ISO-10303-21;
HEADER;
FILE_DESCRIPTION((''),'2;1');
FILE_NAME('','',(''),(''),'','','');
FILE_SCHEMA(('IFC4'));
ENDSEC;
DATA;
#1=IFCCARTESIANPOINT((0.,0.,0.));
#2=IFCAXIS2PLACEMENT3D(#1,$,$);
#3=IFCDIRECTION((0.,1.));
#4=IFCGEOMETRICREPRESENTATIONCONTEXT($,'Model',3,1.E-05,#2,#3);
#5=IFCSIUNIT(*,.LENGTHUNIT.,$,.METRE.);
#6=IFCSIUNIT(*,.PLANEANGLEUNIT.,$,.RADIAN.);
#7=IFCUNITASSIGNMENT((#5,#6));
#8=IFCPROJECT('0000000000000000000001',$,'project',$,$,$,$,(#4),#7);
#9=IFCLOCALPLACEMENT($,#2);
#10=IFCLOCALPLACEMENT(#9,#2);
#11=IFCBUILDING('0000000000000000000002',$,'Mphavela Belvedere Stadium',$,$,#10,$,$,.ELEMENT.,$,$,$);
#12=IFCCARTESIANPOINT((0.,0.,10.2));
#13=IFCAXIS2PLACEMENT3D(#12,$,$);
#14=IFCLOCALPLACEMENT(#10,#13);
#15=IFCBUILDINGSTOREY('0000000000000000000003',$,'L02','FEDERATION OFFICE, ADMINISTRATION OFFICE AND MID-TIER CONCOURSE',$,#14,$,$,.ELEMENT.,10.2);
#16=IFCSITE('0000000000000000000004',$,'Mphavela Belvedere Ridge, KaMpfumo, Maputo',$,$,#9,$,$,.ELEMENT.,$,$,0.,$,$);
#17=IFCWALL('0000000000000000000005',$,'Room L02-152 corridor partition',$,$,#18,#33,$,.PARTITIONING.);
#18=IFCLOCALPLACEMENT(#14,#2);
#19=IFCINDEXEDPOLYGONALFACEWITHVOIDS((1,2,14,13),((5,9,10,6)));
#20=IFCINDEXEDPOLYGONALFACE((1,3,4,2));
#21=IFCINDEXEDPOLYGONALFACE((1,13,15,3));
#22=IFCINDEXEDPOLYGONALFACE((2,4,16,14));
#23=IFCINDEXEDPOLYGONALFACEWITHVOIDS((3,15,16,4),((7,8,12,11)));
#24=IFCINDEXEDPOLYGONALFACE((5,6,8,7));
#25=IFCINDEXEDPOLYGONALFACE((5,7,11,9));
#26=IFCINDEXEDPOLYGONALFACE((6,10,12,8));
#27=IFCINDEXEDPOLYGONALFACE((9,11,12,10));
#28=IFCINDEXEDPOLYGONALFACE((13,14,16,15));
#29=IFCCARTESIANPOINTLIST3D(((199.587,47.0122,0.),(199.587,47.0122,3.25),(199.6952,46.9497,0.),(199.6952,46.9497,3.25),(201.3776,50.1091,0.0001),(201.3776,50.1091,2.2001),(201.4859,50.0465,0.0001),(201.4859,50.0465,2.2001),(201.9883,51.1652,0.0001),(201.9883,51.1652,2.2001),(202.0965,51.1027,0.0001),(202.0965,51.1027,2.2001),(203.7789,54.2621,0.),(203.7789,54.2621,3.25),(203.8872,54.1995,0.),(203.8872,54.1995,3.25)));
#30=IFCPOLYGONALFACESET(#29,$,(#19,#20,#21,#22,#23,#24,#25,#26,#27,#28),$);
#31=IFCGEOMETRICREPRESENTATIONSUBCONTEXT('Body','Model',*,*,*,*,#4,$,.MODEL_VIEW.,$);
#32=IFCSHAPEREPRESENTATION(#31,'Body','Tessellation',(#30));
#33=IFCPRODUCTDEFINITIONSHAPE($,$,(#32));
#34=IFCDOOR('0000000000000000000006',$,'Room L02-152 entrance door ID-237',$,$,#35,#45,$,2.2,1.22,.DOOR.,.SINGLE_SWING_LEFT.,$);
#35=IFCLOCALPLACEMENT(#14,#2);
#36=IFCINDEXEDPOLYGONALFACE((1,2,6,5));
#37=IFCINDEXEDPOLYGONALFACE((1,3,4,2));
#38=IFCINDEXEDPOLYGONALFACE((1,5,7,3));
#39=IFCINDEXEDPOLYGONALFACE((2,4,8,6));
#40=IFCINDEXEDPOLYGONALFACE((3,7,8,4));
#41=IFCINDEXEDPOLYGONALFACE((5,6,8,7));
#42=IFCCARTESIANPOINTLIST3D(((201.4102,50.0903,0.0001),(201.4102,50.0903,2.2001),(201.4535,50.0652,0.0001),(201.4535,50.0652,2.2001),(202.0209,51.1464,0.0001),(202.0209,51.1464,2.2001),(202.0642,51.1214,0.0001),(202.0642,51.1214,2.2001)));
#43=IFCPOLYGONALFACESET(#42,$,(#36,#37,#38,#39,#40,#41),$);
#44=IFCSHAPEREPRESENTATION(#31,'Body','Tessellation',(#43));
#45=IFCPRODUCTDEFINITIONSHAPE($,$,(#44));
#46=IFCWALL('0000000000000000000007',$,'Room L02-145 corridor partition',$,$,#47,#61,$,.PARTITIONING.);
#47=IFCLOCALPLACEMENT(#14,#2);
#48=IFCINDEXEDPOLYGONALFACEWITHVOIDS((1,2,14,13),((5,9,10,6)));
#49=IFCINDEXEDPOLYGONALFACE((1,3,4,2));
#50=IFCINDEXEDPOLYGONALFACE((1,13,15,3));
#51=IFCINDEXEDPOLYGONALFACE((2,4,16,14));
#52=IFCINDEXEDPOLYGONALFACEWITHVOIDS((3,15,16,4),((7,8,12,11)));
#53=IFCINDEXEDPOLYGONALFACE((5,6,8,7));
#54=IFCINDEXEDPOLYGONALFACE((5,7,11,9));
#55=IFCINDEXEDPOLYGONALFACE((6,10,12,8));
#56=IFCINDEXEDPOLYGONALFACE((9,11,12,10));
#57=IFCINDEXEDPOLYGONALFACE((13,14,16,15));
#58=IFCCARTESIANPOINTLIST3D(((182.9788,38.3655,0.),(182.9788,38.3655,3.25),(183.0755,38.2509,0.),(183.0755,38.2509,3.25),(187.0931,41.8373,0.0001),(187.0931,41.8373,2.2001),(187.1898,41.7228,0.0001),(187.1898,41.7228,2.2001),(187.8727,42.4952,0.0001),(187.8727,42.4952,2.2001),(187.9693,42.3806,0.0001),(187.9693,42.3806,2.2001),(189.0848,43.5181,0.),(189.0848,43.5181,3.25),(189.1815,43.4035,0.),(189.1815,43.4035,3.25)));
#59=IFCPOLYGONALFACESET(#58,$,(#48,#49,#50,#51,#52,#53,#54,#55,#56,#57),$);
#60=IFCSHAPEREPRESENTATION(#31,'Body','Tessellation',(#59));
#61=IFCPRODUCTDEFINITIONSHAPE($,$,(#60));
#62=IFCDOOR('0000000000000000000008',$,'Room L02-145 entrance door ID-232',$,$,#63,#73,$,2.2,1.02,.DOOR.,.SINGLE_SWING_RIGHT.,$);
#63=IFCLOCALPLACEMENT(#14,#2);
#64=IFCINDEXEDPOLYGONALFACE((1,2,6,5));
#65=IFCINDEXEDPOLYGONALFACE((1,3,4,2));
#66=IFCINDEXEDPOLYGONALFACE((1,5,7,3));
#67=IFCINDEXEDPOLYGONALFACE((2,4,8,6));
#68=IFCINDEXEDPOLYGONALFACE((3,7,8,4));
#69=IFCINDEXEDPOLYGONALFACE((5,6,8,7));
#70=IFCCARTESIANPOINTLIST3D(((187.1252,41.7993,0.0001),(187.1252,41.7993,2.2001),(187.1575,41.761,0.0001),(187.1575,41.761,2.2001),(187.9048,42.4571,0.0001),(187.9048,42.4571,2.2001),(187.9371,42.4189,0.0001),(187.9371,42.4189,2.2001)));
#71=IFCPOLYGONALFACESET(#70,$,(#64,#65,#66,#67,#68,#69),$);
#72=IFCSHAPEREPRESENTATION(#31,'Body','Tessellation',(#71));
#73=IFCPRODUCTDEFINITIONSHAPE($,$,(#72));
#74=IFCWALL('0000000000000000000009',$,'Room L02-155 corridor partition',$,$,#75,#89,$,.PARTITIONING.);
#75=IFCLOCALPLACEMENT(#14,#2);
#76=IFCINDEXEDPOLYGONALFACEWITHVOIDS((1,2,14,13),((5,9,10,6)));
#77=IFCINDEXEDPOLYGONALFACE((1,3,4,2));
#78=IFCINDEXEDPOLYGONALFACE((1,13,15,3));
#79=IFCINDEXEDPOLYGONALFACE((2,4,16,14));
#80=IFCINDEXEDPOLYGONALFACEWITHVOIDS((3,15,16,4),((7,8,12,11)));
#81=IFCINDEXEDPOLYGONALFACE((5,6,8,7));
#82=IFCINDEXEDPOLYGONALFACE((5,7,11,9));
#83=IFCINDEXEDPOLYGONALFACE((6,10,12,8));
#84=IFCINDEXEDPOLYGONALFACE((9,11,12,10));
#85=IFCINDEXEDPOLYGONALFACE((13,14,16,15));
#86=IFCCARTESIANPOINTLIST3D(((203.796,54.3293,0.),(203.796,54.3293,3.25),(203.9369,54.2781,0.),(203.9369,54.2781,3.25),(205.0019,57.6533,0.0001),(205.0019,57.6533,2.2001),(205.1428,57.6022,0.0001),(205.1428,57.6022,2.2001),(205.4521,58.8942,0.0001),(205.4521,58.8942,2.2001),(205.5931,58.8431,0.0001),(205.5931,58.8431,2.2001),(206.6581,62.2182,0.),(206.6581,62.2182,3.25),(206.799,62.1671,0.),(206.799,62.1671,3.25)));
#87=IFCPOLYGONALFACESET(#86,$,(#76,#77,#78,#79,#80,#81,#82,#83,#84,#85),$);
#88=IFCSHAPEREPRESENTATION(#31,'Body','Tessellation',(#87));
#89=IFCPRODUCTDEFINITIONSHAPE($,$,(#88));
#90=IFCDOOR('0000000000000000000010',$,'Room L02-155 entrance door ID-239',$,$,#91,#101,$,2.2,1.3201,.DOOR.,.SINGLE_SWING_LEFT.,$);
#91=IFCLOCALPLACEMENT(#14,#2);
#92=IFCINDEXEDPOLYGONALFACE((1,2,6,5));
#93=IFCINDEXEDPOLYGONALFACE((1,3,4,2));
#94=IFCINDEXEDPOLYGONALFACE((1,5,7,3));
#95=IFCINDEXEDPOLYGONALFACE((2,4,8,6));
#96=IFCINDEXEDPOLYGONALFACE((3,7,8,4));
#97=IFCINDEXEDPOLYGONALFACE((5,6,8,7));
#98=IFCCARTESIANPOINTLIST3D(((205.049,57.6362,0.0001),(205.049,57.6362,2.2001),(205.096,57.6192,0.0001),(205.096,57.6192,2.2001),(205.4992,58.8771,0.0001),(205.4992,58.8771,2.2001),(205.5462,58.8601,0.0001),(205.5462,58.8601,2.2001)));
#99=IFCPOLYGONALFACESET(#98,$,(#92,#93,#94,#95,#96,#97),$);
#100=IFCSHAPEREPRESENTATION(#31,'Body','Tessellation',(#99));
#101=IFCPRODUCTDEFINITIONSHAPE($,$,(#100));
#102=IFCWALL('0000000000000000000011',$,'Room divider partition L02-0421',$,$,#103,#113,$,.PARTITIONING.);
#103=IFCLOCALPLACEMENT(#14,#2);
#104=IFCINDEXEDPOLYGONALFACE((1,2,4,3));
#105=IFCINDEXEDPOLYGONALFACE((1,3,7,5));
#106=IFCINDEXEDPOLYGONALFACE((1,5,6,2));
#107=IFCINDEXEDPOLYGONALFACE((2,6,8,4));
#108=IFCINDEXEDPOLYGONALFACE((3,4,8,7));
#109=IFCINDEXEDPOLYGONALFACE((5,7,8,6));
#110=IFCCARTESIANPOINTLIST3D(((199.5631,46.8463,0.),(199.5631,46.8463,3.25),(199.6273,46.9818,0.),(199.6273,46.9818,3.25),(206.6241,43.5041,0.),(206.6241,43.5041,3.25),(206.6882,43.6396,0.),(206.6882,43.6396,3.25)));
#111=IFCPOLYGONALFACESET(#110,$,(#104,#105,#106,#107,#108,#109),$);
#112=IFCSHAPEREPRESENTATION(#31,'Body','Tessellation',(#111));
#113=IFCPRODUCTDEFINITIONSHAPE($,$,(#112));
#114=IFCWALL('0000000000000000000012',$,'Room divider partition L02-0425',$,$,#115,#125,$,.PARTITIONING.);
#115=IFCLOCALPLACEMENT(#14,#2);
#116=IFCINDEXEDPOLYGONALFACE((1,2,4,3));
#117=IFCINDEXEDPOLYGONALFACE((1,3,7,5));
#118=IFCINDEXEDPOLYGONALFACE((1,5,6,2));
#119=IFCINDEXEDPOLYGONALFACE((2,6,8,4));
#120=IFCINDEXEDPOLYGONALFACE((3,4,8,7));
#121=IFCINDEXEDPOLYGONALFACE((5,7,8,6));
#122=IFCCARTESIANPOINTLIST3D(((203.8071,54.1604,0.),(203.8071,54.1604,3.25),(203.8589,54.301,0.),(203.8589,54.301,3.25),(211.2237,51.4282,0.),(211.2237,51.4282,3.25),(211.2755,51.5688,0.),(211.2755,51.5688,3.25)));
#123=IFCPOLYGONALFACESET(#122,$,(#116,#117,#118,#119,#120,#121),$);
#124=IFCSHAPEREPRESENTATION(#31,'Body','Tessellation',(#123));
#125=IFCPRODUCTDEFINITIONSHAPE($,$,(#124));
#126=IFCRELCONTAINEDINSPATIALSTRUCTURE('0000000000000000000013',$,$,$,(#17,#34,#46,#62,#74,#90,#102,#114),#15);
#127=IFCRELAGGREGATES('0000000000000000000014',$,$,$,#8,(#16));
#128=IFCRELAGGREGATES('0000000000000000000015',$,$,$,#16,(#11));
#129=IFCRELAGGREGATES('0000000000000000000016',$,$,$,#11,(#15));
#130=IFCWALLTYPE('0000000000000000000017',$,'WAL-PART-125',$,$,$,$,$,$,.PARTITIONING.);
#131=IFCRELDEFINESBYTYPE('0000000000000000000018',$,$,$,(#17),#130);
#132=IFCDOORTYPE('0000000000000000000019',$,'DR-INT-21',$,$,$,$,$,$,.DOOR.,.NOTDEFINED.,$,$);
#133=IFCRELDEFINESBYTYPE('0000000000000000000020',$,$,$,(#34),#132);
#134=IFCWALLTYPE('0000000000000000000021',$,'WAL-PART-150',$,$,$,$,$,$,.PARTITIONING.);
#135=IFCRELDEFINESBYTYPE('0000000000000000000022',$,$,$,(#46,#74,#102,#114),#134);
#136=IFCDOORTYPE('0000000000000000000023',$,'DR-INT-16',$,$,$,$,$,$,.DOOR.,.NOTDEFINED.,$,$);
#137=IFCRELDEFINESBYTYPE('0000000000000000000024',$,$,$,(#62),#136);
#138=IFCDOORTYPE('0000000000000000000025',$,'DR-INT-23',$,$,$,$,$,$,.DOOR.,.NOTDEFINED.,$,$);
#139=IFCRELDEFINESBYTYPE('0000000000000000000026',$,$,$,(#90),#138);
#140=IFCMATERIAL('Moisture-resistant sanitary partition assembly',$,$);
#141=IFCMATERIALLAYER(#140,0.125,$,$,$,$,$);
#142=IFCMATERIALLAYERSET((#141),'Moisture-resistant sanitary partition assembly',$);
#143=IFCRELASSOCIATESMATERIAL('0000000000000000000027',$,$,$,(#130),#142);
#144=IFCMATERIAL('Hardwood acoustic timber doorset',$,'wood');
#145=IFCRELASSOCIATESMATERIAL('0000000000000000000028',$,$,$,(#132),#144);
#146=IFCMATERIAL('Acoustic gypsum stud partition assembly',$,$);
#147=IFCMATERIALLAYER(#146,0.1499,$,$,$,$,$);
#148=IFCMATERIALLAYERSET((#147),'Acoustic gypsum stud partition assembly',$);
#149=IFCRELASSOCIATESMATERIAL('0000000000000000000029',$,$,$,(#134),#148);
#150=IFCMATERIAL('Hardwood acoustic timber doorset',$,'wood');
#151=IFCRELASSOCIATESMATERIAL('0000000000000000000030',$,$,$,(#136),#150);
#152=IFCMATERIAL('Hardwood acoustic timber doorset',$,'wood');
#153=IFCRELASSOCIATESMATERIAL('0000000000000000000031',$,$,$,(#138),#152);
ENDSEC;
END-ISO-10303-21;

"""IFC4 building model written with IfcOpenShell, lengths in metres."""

from ifc_helpers import new_model, si_unit, direction, frame, frame_2d, origin, place, context, subcontext, project, spatial, rectangle, extrude, material, layer, layer_set, type_object, element, fill, save


model = new_model("IFC4")

# Units and contexts
model_context = context("Model", 3, precision=1e-05, world=origin(), true_north=direction((0.0, 1.0)))
body_context = subcontext(model_context, "Body", "Model", "MODEL_VIEW")
ifc_project = project(units=[si_unit("LENGTHUNIT", "METRE"), si_unit("PLANEANGLEUNIT", "RADIAN")], contexts=[model_context])

# Site, building, storey
site_placement = place(None, origin())
site = spatial("IfcSite", under=ifc_project, at=site_placement, Name="Mphavela Belvedere Ridge, KaMpfumo, Maputo", CompositionType="ELEMENT", RefElevation=0.0)
building_placement = place(site_placement, origin())
building = spatial("IfcBuilding", under=site, at=building_placement, Name="Mphavela Belvedere Stadium", CompositionType="ELEMENT")
storey_placement = place(building_placement, frame((0.0, 0.0, 10.2)))
storey = spatial("IfcBuildingStorey", under=building, at=storey_placement, Name="L02", Description="FEDERATION OFFICE, ADMINISTRATION OFFICE AND MID-TIER CONCOURSE", CompositionType="ELEMENT", Elevation=10.2)

# Walls, openings, doors
ifc_material_1 = material(Name="Moisture-resistant sanitary partition assembly")
ifc_layer_1 = layer(ifc_material_1, 0.125)
ifc_layer_set_1 = layer_set([ifc_layer_1], Name="Moisture-resistant sanitary partition assembly")
wall_type_1 = type_object("IfcWallType", Name="WAL-PART-125", PredefinedType="PARTITIONING", material=ifc_layer_set_1)
wall_1_placement = place(storey_placement, frame((199.6411, 46.981, 0.0), z_axis=(0.0, 0.0, 1.0), x_axis=(0.500559, 0.865702, 0.0)))
wall_1 = element("IfcWall", 1, at=wall_1_placement, inside=storey, type_object=wall_type_1, Name="Room L02-152 corridor partition", PredefinedType="PARTITIONING", context=body_context, shape_type="SweptSolid", body=[
    extrude(rectangle(XDim=8.3745, YDim=0.125, at=frame_2d((4.1873, 0.0))), origin(), (0.0, 0.0, 1.0), 3.25),
])
opening_1_placement = place(wall_1_placement, frame((3.5774, 0.0, 0.0)))
opening_1 = element("IfcOpeningElement", 2, at=opening_1_placement, cuts=wall_1, PredefinedType="OPENING", context=body_context, shape_type="SweptSolid", body=[
    extrude(rectangle(XDim=1.22, YDim=2.2, at=frame_2d((0.6099, 1.1001))), frame((0.0, 0.0725, 0.0), z_axis=(0.0, -1.0, 0.0), x_axis=(1.0, 0.0, 0.0)), (0.0, 0.0, 1.0), 0.145),
])
ifc_material_2 = material(Name="Hardwood acoustic timber doorset", Category="wood")
door_type_1 = type_object("IfcDoorType", Name="DR-INT-21", OperationType="NOTDEFINED", PredefinedType="DOOR", material=ifc_material_2)
door_1_placement = place(opening_1_placement, origin())
door_1 = element("IfcDoor", 3, at=door_1_placement, inside=storey, type_object=door_type_1, Name="Room L02-152 entrance door ID-237", OperationType="SINGLE_SWING_LEFT", OverallHeight=2.2, OverallWidth=1.22, PredefinedType="DOOR", context=body_context, shape_type="SweptSolid", body=[
    extrude(rectangle(XDim=1.22, YDim=2.2, at=frame_2d((0.6099, 1.1001))), frame((0.0, 0.0249, 0.0), z_axis=(0.0, -1.0, 0.0), x_axis=(1.0, 0.0, 0.0)), (0.0, 0.0, 1.0), 0.05),
])
fill(opening_1, door_1)
ifc_material_3 = material(Name="Acoustic gypsum stud partition assembly")
ifc_layer_2 = layer(ifc_material_3, 0.1499)
ifc_layer_set_2 = layer_set([ifc_layer_2], Name="Acoustic gypsum stud partition assembly")
wall_type_2 = type_object("IfcWallType", Name="WAL-PART-150", PredefinedType="PARTITIONING", material=ifc_layer_set_2)
wall_2_placement = place(storey_placement, frame((189.1331, 43.4607, 0.0), z_axis=(0.0, 0.0, 1.0), x_axis=(-0.764249, -0.644921, 0.0)))
wall_2 = element("IfcWall", 4, at=wall_2_placement, inside=storey, type_object=wall_type_2, Name="Room L02-145 corridor partition", PredefinedType="PARTITIONING", context=body_context, shape_type="SweptSolid", body=[
    extrude(rectangle(XDim=7.9895, YDim=0.1499, at=frame_2d((3.9946, 0.0))), origin(), (0.0, 0.0, 1.0), 3.25),
])
opening_2_placement = place(wall_2_placement, frame((1.5859, 0.0, 0.0)))
opening_2 = element("IfcOpeningElement", 5, at=opening_2_placement, cuts=wall_2, PredefinedType="OPENING", context=body_context, shape_type="SweptSolid", body=[
    extrude(rectangle(XDim=1.02, YDim=2.2, at=frame_2d((0.51, 1.1001))), frame((0.0, 0.085, 0.0), z_axis=(0.0, -1.0, 0.0), x_axis=(1.0, 0.0, 0.0)), (0.0, 0.0, 1.0), 0.1699),
])
ifc_material_4 = material(Name="Hardwood acoustic timber doorset", Category="wood")
door_type_2 = type_object("IfcDoorType", Name="DR-INT-16", OperationType="NOTDEFINED", PredefinedType="DOOR", material=ifc_material_4)
door_2_placement = place(opening_2_placement, origin())
door_2 = element("IfcDoor", 6, at=door_2_placement, inside=storey, type_object=door_type_2, Name="Room L02-145 entrance door ID-232", OperationType="SINGLE_SWING_RIGHT", OverallHeight=2.2, OverallWidth=1.02, PredefinedType="DOOR", context=body_context, shape_type="SweptSolid", body=[
    extrude(rectangle(XDim=1.02, YDim=2.2, at=frame_2d((0.51, 1.1001))), frame((0.0, 0.0249, 0.0), z_axis=(0.0, -1.0, 0.0), x_axis=(1.0, 0.0, 0.0)), (0.0, 0.0, 1.0), 0.05),
])
fill(opening_2, door_2)
wall_3_placement = place(storey_placement, frame((203.8665, 54.3037, 0.0), z_axis=(0.0, 0.0, 1.0), x_axis=(0.341045, 0.940047, 0.0)))
wall_3 = element("IfcWall", 7, at=wall_3_placement, inside=storey, type_object=wall_type_2, Name="Room L02-155 corridor partition", PredefinedType="PARTITIONING", context=body_context, shape_type="SweptSolid", body=[
    extrude(rectangle(XDim=8.3921, YDim=0.1499, at=frame_2d((4.196, 0.0))), origin(), (0.0, 0.0, 1.0), 3.25),
])
opening_3_placement = place(wall_3_placement, frame((3.5359, 0.0, 0.0)))
opening_3 = element("IfcOpeningElement", 8, at=opening_3_placement, cuts=wall_3, PredefinedType="OPENING", context=body_context, shape_type="SweptSolid", body=[
    extrude(rectangle(XDim=1.3201, YDim=2.2, at=frame_2d((0.6602, 1.1001))), frame((0.0, 0.085, 0.0), z_axis=(0.0, -1.0, 0.0), x_axis=(1.0, 0.0, 0.0)), (0.0, 0.0, 1.0), 0.1699),
])
ifc_material_5 = material(Name="Hardwood acoustic timber doorset", Category="wood")
door_type_3 = type_object("IfcDoorType", Name="DR-INT-23", OperationType="NOTDEFINED", PredefinedType="DOOR", material=ifc_material_5)
door_3_placement = place(opening_3_placement, origin())
door_3 = element("IfcDoor", 9, at=door_3_placement, inside=storey, type_object=door_type_3, Name="Room L02-155 entrance door ID-239", OperationType="SINGLE_SWING_LEFT", OverallHeight=2.2, OverallWidth=1.3201, PredefinedType="DOOR", context=body_context, shape_type="SweptSolid", body=[
    extrude(rectangle(XDim=1.3201, YDim=2.2, at=frame_2d((0.6602, 1.1001))), frame((0.0, 0.0249, 0.0), z_axis=(0.0, -1.0, 0.0), x_axis=(1.0, 0.0, 0.0)), (0.0, 0.0, 1.0), 0.05),
])
fill(opening_3, door_3)

# Walls
wall_4_placement = place(storey_placement, frame((199.5952, 46.9141, 0.0), z_axis=(0.0, 0.0, 1.0), x_axis=(0.903857, -0.427834, 0.0)))
element("IfcWall", 10, at=wall_4_placement, inside=storey, type_object=wall_type_2, Name="Room divider partition L02-0421", PredefinedType="PARTITIONING", context=body_context, shape_type="SweptSolid", body=[
    extrude(rectangle(XDim=7.812, YDim=0.1499, at=frame_2d((3.906, 0.0))), origin(), (0.0, 0.0, 1.0), 3.25),
])
wall_5_placement = place(storey_placement, frame((203.833, 54.2307, 0.0), z_axis=(0.0, 0.0, 1.0), x_axis=(0.938352, -0.345681, 0.0)))
element("IfcWall", 11, at=wall_5_placement, inside=storey, type_object=wall_type_2, Name="Room divider partition L02-0425", PredefinedType="PARTITIONING", context=body_context, shape_type="SweptSolid", body=[
    extrude(rectangle(XDim=7.9038, YDim=0.1499, at=frame_2d((3.9519, 0.0))), origin(), (0.0, 0.0, 1.0), 3.25),
])

save(model, "model.ifc")
